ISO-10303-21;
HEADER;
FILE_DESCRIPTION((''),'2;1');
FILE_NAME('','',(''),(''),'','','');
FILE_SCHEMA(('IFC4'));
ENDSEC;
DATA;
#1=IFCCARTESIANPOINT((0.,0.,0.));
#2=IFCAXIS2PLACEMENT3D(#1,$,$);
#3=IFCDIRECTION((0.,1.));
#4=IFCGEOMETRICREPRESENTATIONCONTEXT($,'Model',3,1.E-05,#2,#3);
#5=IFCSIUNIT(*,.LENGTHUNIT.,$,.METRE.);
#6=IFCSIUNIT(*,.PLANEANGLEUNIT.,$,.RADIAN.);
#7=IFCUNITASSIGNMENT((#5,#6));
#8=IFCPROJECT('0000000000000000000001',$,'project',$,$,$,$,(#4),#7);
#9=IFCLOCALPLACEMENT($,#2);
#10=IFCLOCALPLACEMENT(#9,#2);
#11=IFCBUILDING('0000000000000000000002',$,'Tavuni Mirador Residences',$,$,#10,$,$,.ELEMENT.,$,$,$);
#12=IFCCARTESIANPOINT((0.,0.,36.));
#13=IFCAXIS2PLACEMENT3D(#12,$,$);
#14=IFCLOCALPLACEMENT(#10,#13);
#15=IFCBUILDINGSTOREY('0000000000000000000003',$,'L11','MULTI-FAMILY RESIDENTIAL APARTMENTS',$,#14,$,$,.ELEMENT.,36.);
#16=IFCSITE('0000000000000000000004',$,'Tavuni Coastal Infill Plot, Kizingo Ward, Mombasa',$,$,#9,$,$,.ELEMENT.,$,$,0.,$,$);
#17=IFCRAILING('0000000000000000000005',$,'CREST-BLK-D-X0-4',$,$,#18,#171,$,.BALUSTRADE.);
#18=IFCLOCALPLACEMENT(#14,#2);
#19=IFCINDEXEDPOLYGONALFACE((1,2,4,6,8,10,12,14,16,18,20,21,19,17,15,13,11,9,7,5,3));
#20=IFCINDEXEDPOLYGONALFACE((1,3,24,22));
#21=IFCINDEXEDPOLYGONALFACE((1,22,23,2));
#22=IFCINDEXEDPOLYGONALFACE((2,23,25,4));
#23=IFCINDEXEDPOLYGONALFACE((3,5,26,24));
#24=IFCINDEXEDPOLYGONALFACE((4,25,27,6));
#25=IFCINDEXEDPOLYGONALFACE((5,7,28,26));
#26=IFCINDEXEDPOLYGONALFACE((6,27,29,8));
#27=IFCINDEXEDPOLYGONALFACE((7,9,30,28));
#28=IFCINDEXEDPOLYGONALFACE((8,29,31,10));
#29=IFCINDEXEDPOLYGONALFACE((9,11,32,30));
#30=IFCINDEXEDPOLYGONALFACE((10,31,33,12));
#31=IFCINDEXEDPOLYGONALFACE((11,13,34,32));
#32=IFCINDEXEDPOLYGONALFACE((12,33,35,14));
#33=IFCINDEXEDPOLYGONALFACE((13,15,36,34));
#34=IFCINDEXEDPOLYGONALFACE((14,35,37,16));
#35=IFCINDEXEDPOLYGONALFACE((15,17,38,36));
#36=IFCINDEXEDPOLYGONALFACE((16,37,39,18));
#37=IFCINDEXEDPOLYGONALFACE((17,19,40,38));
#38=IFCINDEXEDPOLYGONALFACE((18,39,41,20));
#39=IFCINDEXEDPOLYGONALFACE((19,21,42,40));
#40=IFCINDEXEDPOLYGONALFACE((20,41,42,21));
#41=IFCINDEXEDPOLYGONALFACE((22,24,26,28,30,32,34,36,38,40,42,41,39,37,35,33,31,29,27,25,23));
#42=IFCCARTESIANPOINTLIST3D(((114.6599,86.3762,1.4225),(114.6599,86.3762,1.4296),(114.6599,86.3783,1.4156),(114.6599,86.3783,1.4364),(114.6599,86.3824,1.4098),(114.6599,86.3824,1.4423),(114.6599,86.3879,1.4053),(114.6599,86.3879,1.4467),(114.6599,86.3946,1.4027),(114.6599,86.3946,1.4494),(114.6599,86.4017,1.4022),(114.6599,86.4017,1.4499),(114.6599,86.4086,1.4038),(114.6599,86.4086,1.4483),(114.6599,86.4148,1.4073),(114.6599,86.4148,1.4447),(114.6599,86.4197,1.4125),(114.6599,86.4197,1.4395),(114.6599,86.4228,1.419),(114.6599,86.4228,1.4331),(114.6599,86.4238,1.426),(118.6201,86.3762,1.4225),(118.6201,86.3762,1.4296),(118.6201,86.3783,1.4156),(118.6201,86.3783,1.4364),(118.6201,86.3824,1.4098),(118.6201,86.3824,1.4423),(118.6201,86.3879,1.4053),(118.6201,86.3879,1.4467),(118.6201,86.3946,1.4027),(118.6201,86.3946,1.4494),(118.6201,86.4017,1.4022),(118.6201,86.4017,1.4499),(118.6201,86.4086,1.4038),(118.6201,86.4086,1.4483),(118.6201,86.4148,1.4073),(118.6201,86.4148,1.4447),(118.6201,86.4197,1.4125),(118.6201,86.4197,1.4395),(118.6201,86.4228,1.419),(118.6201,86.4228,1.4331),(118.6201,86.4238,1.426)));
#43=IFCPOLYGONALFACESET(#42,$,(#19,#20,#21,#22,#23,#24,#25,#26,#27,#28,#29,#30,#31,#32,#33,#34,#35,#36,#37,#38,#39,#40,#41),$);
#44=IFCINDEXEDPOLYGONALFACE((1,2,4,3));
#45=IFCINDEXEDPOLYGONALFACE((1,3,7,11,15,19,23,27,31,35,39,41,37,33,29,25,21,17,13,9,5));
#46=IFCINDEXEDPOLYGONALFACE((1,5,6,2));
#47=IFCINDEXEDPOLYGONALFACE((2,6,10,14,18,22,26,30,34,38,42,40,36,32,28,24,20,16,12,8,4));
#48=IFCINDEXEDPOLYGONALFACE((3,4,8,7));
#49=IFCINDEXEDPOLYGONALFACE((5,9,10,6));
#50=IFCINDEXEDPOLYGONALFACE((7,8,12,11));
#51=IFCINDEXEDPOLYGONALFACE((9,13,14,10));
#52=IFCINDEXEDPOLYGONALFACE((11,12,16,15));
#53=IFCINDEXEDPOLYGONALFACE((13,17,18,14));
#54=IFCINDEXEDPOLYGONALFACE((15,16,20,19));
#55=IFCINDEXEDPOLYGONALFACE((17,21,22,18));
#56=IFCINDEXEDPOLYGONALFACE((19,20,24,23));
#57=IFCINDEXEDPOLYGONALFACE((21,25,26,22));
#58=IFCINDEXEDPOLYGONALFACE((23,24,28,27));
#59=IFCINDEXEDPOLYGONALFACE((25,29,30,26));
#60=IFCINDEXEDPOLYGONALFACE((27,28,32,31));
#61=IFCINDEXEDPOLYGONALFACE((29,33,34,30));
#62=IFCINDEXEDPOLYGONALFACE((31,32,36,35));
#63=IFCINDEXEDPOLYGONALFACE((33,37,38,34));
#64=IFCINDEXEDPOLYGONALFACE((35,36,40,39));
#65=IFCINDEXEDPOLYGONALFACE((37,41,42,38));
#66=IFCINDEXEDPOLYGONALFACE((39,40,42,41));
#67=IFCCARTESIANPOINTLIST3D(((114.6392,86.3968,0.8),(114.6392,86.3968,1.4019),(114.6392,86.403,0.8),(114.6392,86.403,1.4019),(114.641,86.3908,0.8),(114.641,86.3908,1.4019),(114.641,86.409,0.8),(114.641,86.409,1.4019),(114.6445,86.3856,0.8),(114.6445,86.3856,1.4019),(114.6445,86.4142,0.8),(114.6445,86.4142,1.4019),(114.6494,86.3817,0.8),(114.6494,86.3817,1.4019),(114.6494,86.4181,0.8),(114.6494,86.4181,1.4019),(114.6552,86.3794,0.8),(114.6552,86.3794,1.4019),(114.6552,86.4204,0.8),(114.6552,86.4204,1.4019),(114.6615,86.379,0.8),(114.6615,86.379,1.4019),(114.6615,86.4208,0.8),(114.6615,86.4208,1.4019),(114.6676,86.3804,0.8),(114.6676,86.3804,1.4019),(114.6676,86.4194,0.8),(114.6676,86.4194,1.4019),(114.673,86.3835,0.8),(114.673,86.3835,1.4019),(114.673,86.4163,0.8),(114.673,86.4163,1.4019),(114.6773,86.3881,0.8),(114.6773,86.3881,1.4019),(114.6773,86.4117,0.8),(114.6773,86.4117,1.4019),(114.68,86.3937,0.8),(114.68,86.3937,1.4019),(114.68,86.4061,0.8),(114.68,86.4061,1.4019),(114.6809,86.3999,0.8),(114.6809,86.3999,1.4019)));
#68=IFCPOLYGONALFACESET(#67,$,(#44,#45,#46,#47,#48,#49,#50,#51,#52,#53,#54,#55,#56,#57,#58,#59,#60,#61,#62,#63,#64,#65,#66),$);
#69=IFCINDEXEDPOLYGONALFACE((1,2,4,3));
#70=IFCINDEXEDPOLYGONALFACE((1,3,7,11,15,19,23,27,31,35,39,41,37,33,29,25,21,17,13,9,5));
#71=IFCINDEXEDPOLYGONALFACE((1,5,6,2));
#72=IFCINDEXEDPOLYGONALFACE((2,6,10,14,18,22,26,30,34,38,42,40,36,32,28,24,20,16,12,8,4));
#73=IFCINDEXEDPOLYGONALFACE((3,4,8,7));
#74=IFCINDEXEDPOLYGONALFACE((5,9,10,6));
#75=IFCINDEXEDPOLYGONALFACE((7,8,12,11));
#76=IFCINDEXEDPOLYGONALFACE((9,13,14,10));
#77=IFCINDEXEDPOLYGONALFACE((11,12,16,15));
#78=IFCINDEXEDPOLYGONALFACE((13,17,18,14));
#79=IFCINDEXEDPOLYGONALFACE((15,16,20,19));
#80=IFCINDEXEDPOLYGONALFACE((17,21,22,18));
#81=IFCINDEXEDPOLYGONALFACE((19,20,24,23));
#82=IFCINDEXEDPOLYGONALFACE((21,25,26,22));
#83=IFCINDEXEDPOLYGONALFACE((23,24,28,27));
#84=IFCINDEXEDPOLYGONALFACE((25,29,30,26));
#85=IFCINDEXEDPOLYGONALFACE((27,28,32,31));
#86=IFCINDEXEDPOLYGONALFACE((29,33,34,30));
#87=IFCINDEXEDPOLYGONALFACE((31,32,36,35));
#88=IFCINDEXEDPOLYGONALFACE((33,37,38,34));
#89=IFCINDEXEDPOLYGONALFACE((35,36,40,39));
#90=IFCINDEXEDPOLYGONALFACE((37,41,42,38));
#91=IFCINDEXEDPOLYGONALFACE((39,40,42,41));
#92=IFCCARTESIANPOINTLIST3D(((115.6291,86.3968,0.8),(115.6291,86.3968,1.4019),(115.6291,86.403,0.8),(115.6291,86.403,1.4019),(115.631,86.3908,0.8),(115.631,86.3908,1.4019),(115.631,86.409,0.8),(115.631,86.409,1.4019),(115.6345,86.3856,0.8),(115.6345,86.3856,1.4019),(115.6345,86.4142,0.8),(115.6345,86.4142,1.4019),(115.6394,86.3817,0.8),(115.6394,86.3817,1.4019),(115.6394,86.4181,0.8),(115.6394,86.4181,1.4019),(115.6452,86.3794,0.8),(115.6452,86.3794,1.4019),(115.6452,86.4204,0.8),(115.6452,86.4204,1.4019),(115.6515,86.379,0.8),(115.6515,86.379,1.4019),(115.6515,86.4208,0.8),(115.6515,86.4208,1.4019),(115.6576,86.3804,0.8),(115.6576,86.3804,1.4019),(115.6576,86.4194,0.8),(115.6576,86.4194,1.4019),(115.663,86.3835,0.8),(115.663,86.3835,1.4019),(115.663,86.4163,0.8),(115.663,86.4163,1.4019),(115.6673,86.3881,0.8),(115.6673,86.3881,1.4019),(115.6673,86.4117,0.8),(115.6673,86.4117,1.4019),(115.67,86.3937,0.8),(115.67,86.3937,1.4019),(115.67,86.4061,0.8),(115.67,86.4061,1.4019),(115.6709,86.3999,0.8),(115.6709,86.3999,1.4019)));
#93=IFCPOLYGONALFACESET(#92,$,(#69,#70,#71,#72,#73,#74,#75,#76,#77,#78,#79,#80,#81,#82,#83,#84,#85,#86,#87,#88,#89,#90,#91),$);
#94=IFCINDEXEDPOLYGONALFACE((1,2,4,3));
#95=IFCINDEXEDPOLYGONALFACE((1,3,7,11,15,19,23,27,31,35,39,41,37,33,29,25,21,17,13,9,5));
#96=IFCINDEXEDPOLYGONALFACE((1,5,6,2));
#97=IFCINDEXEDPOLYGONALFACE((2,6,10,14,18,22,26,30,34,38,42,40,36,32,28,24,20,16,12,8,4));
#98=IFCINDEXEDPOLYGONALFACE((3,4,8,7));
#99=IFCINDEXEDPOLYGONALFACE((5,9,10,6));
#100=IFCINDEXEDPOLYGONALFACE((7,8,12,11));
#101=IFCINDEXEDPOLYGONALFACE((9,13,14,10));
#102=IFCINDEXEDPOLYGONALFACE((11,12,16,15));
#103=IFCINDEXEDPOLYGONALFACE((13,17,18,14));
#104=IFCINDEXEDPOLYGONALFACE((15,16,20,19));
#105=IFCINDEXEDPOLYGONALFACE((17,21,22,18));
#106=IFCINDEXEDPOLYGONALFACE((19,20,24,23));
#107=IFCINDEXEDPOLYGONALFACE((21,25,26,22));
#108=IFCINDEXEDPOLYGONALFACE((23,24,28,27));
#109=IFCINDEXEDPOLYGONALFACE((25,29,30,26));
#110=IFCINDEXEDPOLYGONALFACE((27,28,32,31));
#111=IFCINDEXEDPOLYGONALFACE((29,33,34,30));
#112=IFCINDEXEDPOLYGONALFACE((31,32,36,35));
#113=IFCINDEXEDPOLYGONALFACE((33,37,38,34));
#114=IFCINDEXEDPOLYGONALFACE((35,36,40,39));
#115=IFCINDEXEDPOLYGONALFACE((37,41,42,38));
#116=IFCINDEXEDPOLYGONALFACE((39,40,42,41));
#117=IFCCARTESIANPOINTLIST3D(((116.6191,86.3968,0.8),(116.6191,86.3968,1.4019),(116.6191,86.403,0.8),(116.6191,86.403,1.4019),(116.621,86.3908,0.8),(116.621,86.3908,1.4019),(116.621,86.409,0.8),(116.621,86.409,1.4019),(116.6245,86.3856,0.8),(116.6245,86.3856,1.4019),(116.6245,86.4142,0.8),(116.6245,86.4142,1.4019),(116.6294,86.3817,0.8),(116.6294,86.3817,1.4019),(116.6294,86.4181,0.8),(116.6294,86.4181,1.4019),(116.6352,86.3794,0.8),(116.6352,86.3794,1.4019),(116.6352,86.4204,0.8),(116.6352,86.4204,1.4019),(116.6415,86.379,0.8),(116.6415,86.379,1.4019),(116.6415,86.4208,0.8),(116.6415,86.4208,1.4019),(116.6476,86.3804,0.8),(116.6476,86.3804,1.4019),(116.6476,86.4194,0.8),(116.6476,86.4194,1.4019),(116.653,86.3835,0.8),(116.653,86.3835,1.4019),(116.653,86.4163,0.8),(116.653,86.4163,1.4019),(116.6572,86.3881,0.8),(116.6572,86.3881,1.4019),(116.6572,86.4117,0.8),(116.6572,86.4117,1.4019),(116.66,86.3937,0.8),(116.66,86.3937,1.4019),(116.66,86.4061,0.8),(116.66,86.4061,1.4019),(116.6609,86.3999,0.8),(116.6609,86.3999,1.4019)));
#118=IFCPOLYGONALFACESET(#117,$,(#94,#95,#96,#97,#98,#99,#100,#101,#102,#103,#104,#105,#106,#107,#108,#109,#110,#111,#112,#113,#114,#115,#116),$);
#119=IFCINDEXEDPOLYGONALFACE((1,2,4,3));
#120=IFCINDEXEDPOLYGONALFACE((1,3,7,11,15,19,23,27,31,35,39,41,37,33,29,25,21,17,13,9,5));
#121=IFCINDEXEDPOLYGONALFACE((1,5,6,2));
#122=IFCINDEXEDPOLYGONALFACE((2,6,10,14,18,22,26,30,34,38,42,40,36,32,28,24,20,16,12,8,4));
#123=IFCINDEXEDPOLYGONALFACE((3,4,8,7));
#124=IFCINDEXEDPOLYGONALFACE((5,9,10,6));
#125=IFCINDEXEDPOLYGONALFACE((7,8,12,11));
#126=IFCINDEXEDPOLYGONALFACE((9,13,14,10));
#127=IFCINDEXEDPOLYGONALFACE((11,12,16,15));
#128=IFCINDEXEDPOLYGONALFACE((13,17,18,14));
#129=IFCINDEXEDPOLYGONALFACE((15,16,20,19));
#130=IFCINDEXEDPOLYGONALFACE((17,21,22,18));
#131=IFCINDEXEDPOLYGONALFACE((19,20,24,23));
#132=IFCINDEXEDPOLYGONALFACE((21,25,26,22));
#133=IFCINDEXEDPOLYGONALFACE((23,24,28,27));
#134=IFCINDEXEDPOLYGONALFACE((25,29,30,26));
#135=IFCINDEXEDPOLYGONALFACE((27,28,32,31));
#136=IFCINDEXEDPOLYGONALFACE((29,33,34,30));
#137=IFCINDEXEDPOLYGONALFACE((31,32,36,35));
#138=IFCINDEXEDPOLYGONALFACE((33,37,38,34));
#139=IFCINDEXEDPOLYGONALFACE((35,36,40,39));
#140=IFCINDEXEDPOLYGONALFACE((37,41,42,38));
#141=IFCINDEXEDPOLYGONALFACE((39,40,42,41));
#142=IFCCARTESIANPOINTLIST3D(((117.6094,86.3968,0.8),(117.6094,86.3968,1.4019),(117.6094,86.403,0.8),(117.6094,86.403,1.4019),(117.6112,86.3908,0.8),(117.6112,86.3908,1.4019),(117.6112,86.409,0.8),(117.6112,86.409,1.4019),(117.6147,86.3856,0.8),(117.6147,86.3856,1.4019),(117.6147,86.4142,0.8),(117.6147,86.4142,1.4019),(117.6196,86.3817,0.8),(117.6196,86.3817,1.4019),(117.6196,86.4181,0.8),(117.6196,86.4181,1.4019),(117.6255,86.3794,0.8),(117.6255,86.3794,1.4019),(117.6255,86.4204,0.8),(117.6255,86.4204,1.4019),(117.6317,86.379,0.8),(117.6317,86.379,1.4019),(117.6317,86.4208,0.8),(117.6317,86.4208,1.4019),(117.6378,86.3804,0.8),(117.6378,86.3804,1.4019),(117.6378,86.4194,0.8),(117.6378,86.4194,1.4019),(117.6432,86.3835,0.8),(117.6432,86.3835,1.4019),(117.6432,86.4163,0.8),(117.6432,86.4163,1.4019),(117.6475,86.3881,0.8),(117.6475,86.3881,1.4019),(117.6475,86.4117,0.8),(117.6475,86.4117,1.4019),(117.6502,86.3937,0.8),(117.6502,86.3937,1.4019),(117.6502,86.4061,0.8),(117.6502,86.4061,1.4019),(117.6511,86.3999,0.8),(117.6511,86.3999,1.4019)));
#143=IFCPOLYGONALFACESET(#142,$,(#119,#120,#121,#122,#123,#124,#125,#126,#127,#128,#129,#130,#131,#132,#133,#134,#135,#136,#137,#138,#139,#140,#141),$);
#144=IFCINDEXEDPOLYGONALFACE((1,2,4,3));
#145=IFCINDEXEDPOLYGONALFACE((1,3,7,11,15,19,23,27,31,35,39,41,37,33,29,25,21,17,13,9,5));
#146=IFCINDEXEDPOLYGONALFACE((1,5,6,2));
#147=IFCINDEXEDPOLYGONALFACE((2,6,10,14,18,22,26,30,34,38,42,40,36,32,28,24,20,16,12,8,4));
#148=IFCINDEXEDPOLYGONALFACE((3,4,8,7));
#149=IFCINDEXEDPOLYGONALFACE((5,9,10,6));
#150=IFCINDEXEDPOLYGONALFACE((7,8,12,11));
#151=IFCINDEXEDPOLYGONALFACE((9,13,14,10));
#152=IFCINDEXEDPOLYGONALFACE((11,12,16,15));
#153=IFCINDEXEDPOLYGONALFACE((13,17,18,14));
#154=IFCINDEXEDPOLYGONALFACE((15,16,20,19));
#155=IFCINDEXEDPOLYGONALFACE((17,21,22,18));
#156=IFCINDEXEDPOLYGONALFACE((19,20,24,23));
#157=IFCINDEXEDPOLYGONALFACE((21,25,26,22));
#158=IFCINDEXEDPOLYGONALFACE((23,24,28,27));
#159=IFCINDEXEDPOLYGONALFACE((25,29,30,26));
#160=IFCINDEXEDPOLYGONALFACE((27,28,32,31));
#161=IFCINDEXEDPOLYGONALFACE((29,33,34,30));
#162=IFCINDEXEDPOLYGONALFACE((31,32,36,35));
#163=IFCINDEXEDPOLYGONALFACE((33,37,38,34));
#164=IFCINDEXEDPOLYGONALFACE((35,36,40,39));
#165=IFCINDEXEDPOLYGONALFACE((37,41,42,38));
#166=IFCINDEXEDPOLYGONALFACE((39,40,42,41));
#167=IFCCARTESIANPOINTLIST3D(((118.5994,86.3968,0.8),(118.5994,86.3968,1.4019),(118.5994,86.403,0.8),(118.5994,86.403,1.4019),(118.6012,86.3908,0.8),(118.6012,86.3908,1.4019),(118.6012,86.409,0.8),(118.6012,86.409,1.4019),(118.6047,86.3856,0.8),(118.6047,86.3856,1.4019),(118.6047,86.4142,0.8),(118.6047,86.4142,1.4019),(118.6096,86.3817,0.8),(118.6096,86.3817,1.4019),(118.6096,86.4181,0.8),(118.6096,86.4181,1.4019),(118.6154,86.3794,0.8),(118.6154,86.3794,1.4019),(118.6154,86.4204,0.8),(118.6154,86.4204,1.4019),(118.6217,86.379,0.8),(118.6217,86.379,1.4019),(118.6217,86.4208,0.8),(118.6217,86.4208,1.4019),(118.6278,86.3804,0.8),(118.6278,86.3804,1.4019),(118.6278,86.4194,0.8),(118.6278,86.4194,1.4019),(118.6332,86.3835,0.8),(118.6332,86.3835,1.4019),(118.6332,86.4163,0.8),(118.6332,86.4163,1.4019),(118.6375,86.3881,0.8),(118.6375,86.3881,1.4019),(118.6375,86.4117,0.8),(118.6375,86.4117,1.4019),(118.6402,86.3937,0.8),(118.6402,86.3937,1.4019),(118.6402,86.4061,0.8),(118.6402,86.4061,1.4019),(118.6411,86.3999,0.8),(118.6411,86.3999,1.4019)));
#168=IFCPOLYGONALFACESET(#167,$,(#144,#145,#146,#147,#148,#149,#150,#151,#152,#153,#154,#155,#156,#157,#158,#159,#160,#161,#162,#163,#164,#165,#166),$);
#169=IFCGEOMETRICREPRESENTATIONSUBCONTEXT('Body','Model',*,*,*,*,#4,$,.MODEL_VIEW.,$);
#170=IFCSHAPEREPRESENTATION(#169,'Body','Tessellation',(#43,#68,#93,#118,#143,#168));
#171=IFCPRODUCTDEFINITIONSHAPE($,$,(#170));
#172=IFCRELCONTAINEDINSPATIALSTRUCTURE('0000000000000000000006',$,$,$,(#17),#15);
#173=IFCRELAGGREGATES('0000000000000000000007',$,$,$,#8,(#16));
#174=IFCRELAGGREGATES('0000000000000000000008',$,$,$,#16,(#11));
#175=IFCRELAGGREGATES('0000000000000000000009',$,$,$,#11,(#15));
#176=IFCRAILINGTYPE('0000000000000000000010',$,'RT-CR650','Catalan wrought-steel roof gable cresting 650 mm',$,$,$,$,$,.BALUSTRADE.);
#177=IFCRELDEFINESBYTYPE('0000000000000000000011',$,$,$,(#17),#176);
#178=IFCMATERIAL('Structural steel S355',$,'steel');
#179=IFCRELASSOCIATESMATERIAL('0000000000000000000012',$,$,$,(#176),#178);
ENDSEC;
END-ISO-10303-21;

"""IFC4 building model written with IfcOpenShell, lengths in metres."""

from ifc_helpers import new_model, si_unit, direction, frame, origin, origin_2d, place, context, subcontext, project, spatial, circle, extrude, material, type_object, element, save


model = new_model("IFC4")

# Units and contexts
model_context = context("Model", 3, precision=1e-05, world=origin(), true_north=direction((0.0, 1.0)))
body_context = subcontext(model_context, "Body", "Model", "MODEL_VIEW")
ifc_project = project(units=[si_unit("LENGTHUNIT", "METRE"), si_unit("PLANEANGLEUNIT", "RADIAN")], contexts=[model_context])

# Site, building, storey
site_placement = place(None, origin())
site = spatial("IfcSite", under=ifc_project, at=site_placement, Name="Tavuni Coastal Infill Plot, Kizingo Ward, Mombasa", CompositionType="ELEMENT", RefElevation=0.0)
building_placement = place(site_placement, origin())
building = spatial("IfcBuilding", under=site, at=building_placement, Name="Tavuni Mirador Residences", CompositionType="ELEMENT")
storey_placement = place(building_placement, frame((0.0, 0.0, 36.0)))
storey = spatial("IfcBuildingStorey", under=building, at=storey_placement, Name="L11", Description="MULTI-FAMILY RESIDENTIAL APARTMENTS", CompositionType="ELEMENT", Elevation=36.0)

# Shared definitions
ifc_material_1 = material(Name="Structural steel S355", Category="steel")

# Railing
railing_type = type_object("IfcRailingType", Name="RT-CR650", Description="Catalan wrought-steel roof gable cresting 650 mm", PredefinedType="BALUSTRADE", material=ifc_material_1)
railing_1_placement = place(storey_placement, frame((114.6599, 86.3999, 0.8)))
element("IfcRailing", 1, at=railing_1_placement, inside=storey, type_object=railing_type, Name="CREST-BLK-D-X0-4", PredefinedType="BALUSTRADE", context=body_context, shape_type="SweptSolid", body=[
    extrude(circle(Radius=0.0239, at=origin_2d()), frame((0.0, 0.0, 0.626), z_axis=(1.0, 0.0, 0.0), x_axis=(0.0, 1.0, 0.0)), (0.0, 0.0, 1.0), 3.9602),
    extrude(circle(Radius=0.021, at=origin_2d()), origin(), (0.0, 0.0, 1.0), 0.6018),
    extrude(circle(Radius=0.021, at=origin_2d()), frame((0.99, 0.0, 0.0)), (0.0, 0.0, 1.0), 0.6018),
    extrude(circle(Radius=0.021, at=origin_2d()), frame((1.98, 0.0, 0.0)), (0.0, 0.0, 1.0), 0.6018),
    extrude(circle(Radius=0.021, at=origin_2d()), frame((2.9702, 0.0, 0.0)), (0.0, 0.0, 1.0), 0.6018),
    extrude(circle(Radius=0.021, at=origin_2d()), frame((3.9602, 0.0, 0.0)), (0.0, 0.0, 1.0), 0.6018),
])

save(model, "model.ifc")
